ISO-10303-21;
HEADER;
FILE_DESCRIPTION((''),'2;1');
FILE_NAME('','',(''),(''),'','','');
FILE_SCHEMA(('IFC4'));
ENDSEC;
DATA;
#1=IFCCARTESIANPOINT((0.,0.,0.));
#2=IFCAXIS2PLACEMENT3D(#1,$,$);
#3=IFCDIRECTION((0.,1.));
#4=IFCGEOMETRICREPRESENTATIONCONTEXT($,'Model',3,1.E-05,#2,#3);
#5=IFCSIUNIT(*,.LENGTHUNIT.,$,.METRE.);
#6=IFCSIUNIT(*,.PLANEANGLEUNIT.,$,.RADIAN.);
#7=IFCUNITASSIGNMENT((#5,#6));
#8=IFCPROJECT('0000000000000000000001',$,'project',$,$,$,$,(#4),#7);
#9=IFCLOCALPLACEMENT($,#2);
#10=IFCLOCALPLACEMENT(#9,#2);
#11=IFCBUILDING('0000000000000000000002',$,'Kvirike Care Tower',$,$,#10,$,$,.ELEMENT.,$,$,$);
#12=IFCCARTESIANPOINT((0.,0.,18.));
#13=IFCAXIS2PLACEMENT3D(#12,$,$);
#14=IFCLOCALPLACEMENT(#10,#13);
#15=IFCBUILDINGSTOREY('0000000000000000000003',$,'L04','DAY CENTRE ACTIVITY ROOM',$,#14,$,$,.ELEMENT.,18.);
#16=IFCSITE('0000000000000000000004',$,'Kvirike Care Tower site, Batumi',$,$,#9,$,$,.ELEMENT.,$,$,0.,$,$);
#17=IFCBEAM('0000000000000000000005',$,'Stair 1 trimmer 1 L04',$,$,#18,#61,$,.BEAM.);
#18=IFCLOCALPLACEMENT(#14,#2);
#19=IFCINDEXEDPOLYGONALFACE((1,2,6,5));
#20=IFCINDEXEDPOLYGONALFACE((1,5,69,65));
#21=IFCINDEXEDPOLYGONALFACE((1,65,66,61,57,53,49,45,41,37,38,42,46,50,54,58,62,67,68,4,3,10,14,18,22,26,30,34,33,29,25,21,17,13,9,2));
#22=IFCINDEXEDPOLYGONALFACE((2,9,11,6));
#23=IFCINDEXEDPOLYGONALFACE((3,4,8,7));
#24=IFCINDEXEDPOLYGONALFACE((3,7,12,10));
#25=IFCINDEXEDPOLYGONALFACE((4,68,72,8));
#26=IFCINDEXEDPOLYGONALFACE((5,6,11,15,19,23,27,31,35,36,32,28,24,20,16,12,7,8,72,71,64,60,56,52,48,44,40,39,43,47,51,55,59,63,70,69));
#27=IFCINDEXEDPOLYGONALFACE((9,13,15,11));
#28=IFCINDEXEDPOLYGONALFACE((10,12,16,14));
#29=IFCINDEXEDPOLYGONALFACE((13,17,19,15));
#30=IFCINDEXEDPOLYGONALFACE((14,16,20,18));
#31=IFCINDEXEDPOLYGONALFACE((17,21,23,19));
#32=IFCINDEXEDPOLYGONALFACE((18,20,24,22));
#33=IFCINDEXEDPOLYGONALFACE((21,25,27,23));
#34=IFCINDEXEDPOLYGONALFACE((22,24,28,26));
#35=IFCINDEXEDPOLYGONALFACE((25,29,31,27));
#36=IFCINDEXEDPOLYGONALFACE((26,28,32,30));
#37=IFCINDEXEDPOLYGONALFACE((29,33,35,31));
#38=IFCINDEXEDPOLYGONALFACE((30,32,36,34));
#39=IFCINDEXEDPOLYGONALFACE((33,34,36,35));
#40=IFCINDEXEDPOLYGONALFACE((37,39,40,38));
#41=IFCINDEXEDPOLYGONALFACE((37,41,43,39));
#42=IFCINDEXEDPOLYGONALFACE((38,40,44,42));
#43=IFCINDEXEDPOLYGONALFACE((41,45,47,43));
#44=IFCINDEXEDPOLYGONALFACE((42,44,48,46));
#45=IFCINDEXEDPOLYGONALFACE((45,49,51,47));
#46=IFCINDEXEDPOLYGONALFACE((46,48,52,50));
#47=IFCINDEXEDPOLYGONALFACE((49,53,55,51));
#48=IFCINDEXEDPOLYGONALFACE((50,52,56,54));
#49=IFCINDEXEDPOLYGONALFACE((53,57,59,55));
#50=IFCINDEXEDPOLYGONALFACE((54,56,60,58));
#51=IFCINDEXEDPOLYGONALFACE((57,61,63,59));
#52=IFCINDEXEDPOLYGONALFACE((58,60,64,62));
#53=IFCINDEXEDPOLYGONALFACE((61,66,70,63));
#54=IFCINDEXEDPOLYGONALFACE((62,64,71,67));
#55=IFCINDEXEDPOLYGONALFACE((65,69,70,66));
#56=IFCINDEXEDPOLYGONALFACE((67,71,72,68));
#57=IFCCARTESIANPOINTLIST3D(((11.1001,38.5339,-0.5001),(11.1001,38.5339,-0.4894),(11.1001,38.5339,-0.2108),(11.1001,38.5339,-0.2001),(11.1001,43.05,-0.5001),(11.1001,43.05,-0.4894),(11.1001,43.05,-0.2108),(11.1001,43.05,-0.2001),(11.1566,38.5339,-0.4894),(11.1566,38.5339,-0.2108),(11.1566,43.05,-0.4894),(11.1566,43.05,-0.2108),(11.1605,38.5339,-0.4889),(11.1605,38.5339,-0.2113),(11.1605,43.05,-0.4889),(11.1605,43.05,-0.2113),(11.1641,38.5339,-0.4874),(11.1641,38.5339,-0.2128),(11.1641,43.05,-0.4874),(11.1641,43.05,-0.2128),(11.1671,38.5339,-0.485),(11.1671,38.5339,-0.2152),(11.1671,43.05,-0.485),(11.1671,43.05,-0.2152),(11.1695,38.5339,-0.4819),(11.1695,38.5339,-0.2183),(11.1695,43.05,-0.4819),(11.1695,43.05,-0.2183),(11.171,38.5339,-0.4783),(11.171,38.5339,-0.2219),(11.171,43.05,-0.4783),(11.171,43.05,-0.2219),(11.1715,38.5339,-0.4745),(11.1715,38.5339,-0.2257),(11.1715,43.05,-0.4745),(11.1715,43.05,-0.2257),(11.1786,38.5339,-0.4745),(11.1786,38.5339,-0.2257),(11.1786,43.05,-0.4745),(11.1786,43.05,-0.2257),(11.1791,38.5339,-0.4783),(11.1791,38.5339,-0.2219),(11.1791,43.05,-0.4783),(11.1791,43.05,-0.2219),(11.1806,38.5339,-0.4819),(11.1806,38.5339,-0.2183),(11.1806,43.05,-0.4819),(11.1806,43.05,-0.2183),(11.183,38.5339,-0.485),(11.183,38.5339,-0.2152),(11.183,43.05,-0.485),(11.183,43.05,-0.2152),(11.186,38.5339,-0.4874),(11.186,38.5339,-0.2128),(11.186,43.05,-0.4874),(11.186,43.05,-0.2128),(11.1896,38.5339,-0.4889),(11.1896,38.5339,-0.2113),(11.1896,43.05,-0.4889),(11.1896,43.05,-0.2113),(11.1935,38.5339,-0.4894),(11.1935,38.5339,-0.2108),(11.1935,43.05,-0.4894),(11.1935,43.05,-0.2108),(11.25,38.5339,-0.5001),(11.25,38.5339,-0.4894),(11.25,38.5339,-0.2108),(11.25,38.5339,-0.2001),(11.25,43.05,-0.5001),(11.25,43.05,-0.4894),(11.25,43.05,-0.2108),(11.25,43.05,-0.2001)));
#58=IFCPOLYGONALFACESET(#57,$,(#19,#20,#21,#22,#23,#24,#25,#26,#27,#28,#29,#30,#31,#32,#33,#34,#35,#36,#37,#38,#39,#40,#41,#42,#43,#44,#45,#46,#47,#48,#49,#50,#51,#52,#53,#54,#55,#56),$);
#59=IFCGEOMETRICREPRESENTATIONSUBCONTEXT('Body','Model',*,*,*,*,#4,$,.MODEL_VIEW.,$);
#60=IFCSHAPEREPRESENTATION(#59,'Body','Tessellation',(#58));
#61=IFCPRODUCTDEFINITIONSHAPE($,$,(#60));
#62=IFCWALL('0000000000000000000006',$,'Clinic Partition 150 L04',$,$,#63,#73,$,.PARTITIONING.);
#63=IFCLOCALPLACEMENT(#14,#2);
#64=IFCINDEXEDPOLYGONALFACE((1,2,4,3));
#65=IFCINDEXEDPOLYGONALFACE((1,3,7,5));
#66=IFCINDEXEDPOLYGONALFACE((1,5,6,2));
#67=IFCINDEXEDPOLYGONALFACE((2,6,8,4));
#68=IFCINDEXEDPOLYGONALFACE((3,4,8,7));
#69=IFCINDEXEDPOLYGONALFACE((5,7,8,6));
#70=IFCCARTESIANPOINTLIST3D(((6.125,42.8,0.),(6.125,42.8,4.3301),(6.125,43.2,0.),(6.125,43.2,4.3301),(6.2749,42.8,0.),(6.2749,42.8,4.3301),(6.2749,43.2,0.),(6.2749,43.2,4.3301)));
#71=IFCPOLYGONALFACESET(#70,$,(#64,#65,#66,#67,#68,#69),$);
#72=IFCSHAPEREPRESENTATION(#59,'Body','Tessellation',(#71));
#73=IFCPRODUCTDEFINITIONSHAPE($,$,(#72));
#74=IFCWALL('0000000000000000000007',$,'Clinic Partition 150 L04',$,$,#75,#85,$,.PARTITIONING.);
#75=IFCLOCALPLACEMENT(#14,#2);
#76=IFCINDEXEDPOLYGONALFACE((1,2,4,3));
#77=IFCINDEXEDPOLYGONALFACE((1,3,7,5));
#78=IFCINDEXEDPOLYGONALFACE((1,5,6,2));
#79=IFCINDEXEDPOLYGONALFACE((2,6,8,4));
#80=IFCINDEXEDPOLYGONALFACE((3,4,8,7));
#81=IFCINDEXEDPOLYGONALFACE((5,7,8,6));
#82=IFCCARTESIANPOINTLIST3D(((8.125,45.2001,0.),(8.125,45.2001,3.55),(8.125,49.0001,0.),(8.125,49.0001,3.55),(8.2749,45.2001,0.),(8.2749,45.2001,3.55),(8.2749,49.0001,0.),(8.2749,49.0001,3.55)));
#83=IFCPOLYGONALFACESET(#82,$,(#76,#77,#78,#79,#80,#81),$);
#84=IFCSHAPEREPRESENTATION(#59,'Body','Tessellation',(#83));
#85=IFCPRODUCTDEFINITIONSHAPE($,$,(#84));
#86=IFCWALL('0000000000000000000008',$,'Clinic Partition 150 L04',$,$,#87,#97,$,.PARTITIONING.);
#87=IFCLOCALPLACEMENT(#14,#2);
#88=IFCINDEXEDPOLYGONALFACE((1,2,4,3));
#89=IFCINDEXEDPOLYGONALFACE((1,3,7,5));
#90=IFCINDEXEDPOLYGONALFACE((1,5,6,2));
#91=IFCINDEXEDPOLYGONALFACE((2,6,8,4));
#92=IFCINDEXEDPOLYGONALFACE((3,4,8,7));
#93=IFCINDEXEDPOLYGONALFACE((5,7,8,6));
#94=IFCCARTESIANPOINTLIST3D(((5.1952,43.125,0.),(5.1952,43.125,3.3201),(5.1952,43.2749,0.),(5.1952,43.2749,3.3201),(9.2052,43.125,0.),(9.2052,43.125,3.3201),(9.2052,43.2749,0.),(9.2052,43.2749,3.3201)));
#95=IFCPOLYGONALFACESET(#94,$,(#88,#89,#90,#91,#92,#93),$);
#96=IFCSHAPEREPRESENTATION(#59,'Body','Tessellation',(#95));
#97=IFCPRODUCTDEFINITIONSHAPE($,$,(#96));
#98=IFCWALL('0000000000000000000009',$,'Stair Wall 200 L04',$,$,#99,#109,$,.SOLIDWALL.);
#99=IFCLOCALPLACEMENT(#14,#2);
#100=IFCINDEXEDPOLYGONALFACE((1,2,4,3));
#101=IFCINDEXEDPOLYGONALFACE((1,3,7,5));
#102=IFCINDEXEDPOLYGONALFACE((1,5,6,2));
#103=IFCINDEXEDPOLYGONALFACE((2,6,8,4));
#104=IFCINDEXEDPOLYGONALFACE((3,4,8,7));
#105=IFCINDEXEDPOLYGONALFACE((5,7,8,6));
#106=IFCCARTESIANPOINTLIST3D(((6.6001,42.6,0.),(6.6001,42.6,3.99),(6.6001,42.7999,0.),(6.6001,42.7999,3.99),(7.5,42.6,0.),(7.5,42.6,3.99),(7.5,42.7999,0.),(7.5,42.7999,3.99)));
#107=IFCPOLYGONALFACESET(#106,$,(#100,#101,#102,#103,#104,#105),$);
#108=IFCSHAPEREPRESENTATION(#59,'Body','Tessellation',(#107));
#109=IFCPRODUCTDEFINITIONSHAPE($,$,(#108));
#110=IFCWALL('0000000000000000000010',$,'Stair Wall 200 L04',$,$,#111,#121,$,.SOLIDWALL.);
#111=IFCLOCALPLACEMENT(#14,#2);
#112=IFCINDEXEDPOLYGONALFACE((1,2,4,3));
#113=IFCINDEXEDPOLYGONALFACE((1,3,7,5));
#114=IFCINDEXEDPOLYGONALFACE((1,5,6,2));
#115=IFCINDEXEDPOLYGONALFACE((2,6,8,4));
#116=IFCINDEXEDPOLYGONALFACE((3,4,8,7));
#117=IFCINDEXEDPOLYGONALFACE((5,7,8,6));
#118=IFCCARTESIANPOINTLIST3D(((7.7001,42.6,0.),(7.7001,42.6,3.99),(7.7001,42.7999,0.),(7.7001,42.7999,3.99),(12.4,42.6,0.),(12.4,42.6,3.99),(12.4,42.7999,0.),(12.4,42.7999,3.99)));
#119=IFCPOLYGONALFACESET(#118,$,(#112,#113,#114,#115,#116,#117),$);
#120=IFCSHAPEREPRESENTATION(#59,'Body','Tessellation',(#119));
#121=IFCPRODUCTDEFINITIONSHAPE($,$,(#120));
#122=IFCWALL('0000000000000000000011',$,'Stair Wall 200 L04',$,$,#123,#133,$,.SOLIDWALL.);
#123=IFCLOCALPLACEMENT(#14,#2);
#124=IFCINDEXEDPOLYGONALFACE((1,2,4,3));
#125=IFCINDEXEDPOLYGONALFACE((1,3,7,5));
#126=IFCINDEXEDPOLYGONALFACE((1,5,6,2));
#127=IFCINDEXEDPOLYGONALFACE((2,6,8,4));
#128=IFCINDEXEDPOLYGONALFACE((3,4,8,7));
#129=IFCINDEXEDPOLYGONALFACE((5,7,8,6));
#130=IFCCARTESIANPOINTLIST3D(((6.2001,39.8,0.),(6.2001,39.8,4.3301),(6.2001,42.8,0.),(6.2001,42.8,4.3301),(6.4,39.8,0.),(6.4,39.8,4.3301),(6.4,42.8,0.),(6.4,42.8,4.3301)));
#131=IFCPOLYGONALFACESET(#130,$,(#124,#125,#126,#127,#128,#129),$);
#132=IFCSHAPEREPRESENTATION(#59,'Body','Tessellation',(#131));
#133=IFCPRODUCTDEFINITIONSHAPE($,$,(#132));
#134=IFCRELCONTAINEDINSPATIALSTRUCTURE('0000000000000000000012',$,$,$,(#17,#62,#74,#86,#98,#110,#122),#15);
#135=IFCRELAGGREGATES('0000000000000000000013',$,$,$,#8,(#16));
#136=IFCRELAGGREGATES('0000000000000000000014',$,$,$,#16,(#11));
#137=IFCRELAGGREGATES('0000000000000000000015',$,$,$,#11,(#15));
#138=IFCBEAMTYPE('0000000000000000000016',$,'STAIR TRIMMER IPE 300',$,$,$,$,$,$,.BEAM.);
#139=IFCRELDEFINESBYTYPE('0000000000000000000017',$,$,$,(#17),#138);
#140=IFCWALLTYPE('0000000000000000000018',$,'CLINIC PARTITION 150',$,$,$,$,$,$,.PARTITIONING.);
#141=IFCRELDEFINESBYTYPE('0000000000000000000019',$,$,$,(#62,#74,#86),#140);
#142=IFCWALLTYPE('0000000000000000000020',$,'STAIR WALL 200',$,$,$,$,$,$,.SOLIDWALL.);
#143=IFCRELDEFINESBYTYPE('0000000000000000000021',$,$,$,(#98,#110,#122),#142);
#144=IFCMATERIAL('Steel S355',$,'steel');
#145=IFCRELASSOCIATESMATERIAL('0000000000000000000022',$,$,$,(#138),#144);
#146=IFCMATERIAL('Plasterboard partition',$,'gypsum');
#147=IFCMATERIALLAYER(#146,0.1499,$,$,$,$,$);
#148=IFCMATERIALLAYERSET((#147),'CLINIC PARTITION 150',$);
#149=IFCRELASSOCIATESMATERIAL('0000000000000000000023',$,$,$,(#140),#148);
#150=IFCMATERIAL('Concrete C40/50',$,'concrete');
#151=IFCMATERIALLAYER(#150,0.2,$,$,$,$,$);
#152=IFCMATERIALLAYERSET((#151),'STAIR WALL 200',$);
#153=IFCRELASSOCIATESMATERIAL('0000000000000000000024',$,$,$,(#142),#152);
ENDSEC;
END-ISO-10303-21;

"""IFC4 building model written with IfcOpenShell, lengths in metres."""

from ifc_helpers import new_model, si_unit, direction, frame, frame_2d, origin, origin_2d, place, context, subcontext, project, spatial, rectangle, i_section, extrude, material, layer, layer_set, material_profile, profile_set, type_object, element, save


model = new_model("IFC4")

# Units and contexts
model_context = context("Model", 3, precision=1e-05, world=origin(), true_north=direction((0.0, 1.0)))
body_context = subcontext(model_context, "Body", "Model", "MODEL_VIEW")
ifc_project = project(units=[si_unit("LENGTHUNIT", "METRE"), si_unit("PLANEANGLEUNIT", "RADIAN")], contexts=[model_context])

# Site, building, storey
site_placement = place(None, origin())
site = spatial("IfcSite", under=ifc_project, at=site_placement, Name="Kvirike Care Tower site, Batumi", CompositionType="ELEMENT", RefElevation=0.0)
building_placement = place(site_placement, origin())
building = spatial("IfcBuilding", under=site, at=building_placement, Name="Kvirike Care Tower", CompositionType="ELEMENT")
storey_placement = place(building_placement, frame((0.0, 0.0, 18.0)))
storey = spatial("IfcBuildingStorey", under=building, at=storey_placement, Name="L04", Description="DAY CENTRE ACTIVITY ROOM", CompositionType="ELEMENT", Elevation=18.0)

# Beam
ifc_material_1 = material(Name="Steel S355", Category="steel")
ifc_material_profile_1 = material_profile(ifc_material_1, i_section(OverallWidth=0.1499, OverallDepth=0.3, WebThickness=0.0071, FlangeThickness=0.0107, FilletRadius=0.0149, at=origin_2d()), Name="IPE 300")
ifc_profile_set_1 = profile_set([ifc_material_profile_1], Name="Steel S355")
beam_type_1 = type_object("IfcBeamType", Name="STAIR TRIMMER IPE 300", PredefinedType="BEAM", material=ifc_profile_set_1)
beam_1_placement = place(storey_placement, frame((11.175, 43.05, -0.3501), z_axis=(0.0, -1.0, 0.0), x_axis=(1.0, 0.0, 0.0)))
element("IfcBeam", 1, at=beam_1_placement, inside=storey, type_object=beam_type_1, Name="Stair 1 trimmer 1 L04", PredefinedType="BEAM", context=body_context, shape_type="SweptSolid", body=[
    extrude(i_section(OverallWidth=0.1499, OverallDepth=0.3, WebThickness=0.0071, FlangeThickness=0.0107, FilletRadius=0.0149, at=origin_2d()), origin(), (0.0, 0.0, 1.0), 4.5161),
])

# Walls
ifc_material_2 = material(Name="Plasterboard partition", Category="gypsum")
ifc_layer_1 = layer(ifc_material_2, 0.1499)
ifc_layer_set_1 = layer_set([ifc_layer_1], Name="CLINIC PARTITION 150")
wall_type_1 = type_object("IfcWallType", Name="CLINIC PARTITION 150", PredefinedType="PARTITIONING", material=ifc_layer_set_1)
wall_1_placement = place(storey_placement, frame((6.2, 43.2, 0.0), z_axis=(0.0, 0.0, 1.0), x_axis=(0.0, -1.0, 0.0)))
element("IfcWall", 2, at=wall_1_placement, inside=storey, type_object=wall_type_1, Name="Clinic Partition 150 L04", PredefinedType="PARTITIONING", context=body_context, shape_type="SweptSolid", body=[
    extrude(rectangle(XDim=0.3999, YDim=0.1499, at=frame_2d((0.2, 0.0))), origin(), (0.0, 0.0, 1.0), 4.3301),
])
wall_2_placement = place(storey_placement, frame((8.2, 49.0, 0.0), z_axis=(0.0, 0.0, 1.0), x_axis=(0.0, -1.0, 0.0)))
element("IfcWall", 3, at=wall_2_placement, inside=storey, type_object=wall_type_1, Name="Clinic Partition 150 L04", PredefinedType="PARTITIONING", context=body_context, shape_type="SweptSolid", body=[
    extrude(rectangle(XDim=3.8, YDim=0.1499, at=frame_2d((1.8999, 0.0))), origin(), (0.0, 0.0, 1.0), 3.55),
])
wall_3_placement = place(storey_placement, frame((9.2051, 43.2, 0.0), z_axis=(0.0, 0.0, 1.0), x_axis=(-1.0, 0.0, 0.0)))
element("IfcWall", 4, at=wall_3_placement, inside=storey, type_object=wall_type_1, Name="Clinic Partition 150 L04", PredefinedType="PARTITIONING", context=body_context, shape_type="SweptSolid", body=[
    extrude(rectangle(XDim=4.01, YDim=0.1499, at=frame_2d((2.0049, 0.0))), origin(), (0.0, 0.0, 1.0), 3.3201),
])
ifc_material_3 = material(Name="Concrete C40/50", Category="concrete")
ifc_layer_2 = layer(ifc_material_3, 0.2)
ifc_layer_set_2 = layer_set([ifc_layer_2], Name="STAIR WALL 200")
wall_type_2 = type_object("IfcWallType", Name="STAIR WALL 200", PredefinedType="SOLIDWALL", material=ifc_layer_set_2)
wall_4_placement = place(storey_placement, frame((6.6001, 42.7, 0.0), z_axis=(0.0, 0.0, 1.0), x_axis=(1.0, 0.0, 0.0)))
element("IfcWall", 5, at=wall_4_placement, inside=storey, type_object=wall_type_2, Name="Stair Wall 200 L04", PredefinedType="SOLIDWALL", context=body_context, shape_type="SweptSolid", body=[
    extrude(rectangle(XDim=0.8999, YDim=0.2, at=frame_2d((0.45, 0.0))), origin(), (0.0, 0.0, 1.0), 3.99),
])
wall_5_placement = place(storey_placement, frame((7.7, 42.7, 0.0), z_axis=(0.0, 0.0, 1.0), x_axis=(1.0, 0.0, 0.0)))
element("IfcWall", 6, at=wall_5_placement, inside=storey, type_object=wall_type_2, Name="Stair Wall 200 L04", PredefinedType="SOLIDWALL", context=body_context, shape_type="SweptSolid", body=[
    extrude(rectangle(XDim=4.7, YDim=0.2, at=frame_2d((2.3501, 0.0))), origin(), (0.0, 0.0, 1.0), 3.99),
])
wall_6_placement = place(storey_placement, frame((6.3, 42.8, 0.0), z_axis=(0.0, 0.0, 1.0), x_axis=(0.0, -1.0, 0.0)))
element("IfcWall", 7, at=wall_6_placement, inside=storey, type_object=wall_type_2, Name="Stair Wall 200 L04", PredefinedType="SOLIDWALL", context=body_context, shape_type="SweptSolid", body=[
    extrude(rectangle(XDim=3.0, YDim=0.2, at=frame_2d((1.5, 0.0))), origin(), (0.0, 0.0, 1.0), 4.3301),
])

save(model, "model.ifc")
